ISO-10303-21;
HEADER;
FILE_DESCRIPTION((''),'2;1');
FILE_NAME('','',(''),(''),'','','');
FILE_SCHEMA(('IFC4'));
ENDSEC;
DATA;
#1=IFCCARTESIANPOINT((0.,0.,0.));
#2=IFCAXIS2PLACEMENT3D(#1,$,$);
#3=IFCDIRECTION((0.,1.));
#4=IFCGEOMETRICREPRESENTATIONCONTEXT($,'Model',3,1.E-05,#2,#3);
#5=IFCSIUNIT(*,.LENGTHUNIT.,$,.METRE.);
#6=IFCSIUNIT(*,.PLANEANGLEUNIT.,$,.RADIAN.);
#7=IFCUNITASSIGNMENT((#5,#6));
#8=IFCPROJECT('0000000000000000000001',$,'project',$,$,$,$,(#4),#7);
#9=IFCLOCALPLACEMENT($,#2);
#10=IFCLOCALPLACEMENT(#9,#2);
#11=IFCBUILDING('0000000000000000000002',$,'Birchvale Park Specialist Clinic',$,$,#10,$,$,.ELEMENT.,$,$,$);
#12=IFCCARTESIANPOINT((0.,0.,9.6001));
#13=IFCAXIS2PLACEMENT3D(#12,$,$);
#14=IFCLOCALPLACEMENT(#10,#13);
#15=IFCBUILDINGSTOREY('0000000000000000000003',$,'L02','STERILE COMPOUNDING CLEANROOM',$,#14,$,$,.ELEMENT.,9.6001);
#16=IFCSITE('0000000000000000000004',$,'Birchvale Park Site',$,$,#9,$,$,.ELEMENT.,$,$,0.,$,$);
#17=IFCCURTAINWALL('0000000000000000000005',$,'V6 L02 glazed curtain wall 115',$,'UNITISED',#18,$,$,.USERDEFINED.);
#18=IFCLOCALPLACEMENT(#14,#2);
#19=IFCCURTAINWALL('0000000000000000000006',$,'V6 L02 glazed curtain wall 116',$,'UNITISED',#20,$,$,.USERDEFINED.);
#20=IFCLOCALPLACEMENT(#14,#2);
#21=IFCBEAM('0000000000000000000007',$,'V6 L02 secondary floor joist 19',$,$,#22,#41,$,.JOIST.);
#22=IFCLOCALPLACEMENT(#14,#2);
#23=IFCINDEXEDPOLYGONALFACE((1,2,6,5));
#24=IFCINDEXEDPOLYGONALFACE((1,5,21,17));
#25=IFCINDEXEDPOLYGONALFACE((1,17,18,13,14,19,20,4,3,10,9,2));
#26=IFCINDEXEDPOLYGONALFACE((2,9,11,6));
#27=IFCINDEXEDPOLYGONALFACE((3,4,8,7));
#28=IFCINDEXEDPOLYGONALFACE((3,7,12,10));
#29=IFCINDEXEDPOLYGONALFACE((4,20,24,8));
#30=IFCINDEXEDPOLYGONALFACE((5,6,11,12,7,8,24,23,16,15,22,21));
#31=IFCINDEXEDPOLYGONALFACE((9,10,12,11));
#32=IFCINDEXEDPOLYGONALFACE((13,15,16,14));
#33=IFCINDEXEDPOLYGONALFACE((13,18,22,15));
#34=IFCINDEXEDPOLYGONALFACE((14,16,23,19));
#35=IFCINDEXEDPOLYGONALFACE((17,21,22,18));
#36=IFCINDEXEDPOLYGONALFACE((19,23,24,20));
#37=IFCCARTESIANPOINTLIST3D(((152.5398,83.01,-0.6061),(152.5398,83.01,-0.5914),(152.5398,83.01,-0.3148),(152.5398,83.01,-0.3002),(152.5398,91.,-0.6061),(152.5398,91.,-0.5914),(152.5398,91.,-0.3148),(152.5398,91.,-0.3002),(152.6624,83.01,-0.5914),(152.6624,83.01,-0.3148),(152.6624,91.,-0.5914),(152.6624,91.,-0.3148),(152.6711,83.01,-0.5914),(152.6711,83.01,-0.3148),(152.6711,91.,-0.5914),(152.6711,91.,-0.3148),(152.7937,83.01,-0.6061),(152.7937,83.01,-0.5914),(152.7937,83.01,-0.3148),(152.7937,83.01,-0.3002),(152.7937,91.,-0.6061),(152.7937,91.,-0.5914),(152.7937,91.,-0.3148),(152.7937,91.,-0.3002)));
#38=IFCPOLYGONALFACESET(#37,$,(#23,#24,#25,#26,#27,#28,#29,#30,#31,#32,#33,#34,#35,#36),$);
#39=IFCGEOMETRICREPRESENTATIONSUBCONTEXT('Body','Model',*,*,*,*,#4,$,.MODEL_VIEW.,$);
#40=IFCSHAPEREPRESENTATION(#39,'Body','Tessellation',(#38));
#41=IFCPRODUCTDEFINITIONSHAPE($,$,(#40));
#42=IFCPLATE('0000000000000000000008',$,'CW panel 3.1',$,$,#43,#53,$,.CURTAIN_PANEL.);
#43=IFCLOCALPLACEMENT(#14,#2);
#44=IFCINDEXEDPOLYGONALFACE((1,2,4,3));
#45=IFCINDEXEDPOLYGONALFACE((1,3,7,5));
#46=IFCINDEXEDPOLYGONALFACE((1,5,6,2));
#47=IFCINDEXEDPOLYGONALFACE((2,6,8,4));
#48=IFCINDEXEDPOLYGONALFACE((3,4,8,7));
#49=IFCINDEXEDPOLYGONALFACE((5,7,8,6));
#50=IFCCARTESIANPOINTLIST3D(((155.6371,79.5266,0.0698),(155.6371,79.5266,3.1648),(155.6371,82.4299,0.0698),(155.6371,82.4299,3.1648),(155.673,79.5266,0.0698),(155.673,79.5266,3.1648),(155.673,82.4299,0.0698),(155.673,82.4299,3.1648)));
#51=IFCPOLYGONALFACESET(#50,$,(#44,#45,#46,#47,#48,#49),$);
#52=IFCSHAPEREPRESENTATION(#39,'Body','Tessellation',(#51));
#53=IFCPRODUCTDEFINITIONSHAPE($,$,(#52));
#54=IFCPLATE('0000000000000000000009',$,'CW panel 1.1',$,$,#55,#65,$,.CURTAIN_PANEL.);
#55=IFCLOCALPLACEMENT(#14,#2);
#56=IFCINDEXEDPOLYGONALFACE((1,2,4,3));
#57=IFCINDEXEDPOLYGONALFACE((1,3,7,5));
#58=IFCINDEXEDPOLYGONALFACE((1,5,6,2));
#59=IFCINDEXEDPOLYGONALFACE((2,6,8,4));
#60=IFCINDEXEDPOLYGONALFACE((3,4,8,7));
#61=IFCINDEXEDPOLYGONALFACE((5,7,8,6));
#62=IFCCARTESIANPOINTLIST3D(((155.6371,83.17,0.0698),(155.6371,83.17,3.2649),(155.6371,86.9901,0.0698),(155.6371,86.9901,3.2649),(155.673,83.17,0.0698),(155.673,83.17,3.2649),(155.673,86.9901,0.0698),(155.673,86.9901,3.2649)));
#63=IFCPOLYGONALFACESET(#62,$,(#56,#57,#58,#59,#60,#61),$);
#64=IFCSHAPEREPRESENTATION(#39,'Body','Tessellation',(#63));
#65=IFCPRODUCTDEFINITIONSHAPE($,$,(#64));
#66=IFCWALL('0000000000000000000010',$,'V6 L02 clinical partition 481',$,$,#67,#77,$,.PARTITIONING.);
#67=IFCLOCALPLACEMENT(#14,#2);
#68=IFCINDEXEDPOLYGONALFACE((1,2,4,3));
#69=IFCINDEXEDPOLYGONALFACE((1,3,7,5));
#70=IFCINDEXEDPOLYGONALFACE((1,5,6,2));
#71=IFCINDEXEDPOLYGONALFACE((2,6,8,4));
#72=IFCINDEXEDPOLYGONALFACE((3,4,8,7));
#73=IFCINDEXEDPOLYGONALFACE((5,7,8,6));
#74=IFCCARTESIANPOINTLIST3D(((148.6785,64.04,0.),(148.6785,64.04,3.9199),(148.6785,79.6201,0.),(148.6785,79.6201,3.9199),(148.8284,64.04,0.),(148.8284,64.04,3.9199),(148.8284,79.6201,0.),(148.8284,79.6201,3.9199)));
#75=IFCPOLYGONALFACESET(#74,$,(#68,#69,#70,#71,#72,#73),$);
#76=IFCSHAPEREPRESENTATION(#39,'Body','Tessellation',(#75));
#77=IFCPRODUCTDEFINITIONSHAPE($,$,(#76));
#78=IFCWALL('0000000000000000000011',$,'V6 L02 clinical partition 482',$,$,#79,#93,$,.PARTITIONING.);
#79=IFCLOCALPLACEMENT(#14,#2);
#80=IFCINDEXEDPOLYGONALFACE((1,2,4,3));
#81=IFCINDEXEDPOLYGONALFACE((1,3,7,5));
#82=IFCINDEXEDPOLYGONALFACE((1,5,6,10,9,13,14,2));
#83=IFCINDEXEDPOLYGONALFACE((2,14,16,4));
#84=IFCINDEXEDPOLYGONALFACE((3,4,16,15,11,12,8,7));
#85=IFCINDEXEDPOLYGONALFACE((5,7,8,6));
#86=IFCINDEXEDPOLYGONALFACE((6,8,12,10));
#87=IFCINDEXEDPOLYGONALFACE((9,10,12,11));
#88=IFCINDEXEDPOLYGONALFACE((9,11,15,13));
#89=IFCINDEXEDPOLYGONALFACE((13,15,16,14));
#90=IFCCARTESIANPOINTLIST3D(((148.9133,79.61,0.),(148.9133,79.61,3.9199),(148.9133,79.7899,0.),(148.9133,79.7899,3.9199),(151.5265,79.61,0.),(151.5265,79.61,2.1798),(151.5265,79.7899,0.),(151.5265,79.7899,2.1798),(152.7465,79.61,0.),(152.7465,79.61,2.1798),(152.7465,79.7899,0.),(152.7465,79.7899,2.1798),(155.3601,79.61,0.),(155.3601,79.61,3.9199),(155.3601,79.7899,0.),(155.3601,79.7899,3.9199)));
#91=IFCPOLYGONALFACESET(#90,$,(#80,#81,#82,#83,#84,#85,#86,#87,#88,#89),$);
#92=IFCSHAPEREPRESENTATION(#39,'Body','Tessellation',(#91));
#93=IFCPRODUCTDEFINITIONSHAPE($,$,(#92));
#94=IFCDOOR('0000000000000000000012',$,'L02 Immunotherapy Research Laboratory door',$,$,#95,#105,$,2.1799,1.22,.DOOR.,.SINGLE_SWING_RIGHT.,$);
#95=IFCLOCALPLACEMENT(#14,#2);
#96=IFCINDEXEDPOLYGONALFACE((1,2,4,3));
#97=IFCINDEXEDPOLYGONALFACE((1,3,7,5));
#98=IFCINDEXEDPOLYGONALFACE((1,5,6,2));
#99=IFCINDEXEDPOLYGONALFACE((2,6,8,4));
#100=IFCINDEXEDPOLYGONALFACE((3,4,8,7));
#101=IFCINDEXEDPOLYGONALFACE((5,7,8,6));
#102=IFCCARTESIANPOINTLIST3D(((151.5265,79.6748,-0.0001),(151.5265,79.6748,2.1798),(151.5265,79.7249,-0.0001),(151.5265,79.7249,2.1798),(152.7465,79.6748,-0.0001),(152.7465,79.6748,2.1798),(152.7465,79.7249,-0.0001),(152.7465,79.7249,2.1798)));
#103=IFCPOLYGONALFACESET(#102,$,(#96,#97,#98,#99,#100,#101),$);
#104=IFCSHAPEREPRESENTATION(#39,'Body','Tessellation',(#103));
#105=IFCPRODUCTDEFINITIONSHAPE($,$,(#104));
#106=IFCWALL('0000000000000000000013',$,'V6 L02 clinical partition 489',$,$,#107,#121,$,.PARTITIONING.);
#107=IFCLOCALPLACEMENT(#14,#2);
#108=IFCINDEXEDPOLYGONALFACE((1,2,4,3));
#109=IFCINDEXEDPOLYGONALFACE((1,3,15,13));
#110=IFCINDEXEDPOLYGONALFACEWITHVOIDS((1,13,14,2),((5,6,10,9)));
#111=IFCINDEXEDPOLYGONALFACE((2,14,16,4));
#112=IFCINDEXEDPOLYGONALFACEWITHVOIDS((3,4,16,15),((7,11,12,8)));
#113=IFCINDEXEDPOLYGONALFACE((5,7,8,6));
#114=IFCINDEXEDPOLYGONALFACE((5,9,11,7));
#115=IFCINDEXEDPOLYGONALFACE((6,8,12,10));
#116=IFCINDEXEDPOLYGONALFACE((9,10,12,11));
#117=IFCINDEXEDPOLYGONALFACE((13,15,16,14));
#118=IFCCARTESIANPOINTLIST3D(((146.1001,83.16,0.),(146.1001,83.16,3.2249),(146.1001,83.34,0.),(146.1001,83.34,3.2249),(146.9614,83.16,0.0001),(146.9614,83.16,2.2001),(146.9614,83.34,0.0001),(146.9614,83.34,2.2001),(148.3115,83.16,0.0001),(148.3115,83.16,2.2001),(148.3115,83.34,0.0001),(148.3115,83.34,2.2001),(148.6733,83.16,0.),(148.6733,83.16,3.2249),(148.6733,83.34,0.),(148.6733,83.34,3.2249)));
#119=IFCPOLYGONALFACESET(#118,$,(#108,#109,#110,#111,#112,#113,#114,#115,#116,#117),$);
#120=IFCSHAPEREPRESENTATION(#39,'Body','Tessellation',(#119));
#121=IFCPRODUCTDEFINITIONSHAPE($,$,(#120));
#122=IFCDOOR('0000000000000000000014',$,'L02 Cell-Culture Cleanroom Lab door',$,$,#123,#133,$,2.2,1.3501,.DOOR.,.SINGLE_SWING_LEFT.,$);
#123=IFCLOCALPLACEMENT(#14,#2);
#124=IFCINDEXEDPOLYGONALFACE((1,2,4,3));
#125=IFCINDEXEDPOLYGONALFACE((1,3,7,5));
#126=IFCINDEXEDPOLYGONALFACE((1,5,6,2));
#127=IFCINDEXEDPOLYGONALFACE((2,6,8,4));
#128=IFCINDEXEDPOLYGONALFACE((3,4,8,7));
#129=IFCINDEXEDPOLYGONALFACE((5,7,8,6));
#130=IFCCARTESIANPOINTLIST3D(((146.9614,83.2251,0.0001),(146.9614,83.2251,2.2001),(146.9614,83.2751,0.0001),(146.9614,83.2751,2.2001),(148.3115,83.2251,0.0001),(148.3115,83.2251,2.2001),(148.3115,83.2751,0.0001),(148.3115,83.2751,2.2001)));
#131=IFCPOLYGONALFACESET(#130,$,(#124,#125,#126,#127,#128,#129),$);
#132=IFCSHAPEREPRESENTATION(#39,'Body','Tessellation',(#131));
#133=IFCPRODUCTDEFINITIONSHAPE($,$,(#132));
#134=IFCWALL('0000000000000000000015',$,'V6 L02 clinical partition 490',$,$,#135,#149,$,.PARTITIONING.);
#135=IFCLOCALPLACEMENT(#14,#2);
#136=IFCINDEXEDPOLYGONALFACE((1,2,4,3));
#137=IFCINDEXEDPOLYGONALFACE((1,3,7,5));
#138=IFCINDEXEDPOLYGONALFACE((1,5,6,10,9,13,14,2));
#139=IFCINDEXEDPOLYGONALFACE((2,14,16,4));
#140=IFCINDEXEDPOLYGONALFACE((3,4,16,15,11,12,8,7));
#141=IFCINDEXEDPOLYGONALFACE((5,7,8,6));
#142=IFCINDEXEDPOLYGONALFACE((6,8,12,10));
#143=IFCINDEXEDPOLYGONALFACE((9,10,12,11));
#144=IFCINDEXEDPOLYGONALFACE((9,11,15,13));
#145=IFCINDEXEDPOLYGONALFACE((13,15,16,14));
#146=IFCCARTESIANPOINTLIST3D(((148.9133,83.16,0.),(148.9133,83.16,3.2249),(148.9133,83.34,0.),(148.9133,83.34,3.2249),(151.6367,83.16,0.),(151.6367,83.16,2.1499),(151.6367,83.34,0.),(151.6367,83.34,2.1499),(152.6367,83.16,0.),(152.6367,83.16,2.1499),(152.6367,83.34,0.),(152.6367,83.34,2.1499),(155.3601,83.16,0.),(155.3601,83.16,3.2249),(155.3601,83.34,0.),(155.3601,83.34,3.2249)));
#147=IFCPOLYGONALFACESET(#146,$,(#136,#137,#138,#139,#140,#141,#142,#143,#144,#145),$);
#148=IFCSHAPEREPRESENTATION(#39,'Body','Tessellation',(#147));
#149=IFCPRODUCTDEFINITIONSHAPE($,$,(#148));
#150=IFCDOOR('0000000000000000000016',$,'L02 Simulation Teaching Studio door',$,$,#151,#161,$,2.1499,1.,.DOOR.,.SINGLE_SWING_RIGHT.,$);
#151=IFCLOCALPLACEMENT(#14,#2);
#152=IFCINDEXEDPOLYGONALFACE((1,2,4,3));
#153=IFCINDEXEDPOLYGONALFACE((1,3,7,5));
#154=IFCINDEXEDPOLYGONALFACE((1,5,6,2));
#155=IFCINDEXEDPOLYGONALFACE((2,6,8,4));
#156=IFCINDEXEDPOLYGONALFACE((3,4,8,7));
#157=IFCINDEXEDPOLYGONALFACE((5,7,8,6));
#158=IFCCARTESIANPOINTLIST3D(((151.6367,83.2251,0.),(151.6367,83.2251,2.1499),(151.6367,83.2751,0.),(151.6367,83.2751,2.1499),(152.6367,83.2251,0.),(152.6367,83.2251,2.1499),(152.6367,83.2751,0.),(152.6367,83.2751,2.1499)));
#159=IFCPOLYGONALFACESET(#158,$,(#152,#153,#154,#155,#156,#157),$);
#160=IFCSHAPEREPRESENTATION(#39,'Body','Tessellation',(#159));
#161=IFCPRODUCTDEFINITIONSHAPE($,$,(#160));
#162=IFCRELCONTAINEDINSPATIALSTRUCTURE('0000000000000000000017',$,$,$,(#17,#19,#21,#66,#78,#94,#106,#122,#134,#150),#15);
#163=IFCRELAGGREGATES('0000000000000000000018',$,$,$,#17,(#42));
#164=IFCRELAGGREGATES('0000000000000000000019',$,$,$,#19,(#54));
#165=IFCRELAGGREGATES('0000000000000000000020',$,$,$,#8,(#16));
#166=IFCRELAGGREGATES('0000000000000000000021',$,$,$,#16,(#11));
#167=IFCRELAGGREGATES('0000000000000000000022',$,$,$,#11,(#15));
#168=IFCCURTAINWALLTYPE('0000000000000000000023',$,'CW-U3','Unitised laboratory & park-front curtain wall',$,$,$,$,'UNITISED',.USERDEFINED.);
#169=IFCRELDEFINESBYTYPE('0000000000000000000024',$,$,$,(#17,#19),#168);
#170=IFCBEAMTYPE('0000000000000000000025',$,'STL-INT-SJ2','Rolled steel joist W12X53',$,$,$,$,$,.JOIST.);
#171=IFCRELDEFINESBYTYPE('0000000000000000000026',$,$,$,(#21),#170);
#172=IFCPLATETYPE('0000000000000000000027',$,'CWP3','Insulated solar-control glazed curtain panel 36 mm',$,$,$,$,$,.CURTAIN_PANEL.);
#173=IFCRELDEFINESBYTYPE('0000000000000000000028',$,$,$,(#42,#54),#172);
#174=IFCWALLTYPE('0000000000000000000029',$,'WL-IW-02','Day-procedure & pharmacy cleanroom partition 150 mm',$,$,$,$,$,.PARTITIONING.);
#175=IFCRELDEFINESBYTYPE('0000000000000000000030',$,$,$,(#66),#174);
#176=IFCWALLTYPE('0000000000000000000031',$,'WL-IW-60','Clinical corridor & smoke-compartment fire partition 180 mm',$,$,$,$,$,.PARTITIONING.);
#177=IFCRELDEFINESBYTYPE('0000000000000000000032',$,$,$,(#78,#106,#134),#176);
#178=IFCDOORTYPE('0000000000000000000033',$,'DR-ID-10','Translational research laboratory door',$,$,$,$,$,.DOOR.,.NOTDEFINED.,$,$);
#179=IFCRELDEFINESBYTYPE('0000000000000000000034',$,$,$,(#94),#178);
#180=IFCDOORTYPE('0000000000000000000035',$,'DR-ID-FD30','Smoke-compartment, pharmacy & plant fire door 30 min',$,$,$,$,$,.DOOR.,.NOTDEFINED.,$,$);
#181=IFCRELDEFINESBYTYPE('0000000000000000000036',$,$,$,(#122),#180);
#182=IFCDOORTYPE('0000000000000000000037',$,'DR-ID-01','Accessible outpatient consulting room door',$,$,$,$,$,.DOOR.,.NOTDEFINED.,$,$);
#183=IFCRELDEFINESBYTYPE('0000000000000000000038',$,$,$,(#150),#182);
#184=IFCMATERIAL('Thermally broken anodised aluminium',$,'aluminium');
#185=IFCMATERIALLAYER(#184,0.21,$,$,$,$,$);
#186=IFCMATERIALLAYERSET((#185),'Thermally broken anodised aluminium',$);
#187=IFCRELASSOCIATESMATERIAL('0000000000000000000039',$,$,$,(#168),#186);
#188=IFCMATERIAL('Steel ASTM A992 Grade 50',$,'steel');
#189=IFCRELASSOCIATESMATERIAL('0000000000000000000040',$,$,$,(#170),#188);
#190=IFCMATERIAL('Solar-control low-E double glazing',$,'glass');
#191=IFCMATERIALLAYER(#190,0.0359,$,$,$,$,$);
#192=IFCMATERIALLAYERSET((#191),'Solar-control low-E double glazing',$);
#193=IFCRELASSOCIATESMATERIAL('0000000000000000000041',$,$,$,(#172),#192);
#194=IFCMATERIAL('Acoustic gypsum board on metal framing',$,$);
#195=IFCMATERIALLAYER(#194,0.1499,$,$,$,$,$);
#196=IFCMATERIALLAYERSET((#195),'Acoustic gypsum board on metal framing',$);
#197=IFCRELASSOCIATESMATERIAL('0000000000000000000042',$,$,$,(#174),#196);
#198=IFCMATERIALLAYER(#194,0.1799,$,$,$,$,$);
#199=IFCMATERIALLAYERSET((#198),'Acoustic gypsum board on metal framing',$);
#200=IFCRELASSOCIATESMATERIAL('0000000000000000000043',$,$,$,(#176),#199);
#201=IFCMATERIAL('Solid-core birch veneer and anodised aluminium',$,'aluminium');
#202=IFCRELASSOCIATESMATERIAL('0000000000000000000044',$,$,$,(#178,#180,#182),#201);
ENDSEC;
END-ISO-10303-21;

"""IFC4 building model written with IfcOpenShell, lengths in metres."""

from ifc_helpers import new_model, si_unit, direction, frame, frame_2d, origin, origin_2d, place, context, subcontext, project, spatial, rectangle, i_section, extrude, material, layer, layer_set, material_profile, profile_set, type_object, element, fill, aggregate, save


model = new_model("IFC4")

# Units and contexts
model_context = context("Model", 3, precision=1e-05, world=origin(), true_north=direction((0.0, 1.0)))
body_context = subcontext(model_context, "Body", "Model", "MODEL_VIEW")
ifc_project = project(units=[si_unit("LENGTHUNIT", "METRE"), si_unit("PLANEANGLEUNIT", "RADIAN")], contexts=[model_context])

# Site, building, storey
site_placement = place(None, origin())
site = spatial("IfcSite", under=ifc_project, at=site_placement, Name="Birchvale Park Site", CompositionType="ELEMENT", RefElevation=0.0)
building_placement = place(site_placement, origin())
building = spatial("IfcBuilding", under=site, at=building_placement, Name="Birchvale Park Specialist Clinic", CompositionType="ELEMENT")
storey_placement = place(building_placement, frame((0.0, 0.0, 9.6001)))
storey = spatial("IfcBuildingStorey", under=building, at=storey_placement, Name="L02", Description="STERILE COMPOUNDING CLEANROOM", CompositionType="ELEMENT", Elevation=9.6001)

# Curtain wall
ifc_material_1 = material(Name="Thermally broken anodised aluminium", Category="aluminium")
ifc_layer_1 = layer(ifc_material_1, 0.21)
ifc_layer_set_1 = layer_set([ifc_layer_1], Name="Thermally broken anodised aluminium")
curtain_wall_type = type_object("IfcCurtainWallType", Name="CW-U3", Description="Unitised laboratory & park-front curtain wall", ElementType="UNITISED", PredefinedType="USERDEFINED", material=ifc_layer_set_1)
curtain_wall_1_placement = place(storey_placement, origin())
curtain_wall_1 = element("IfcCurtainWall", 1, at=curtain_wall_1_placement, inside=storey, type_object=curtain_wall_type, Name="V6 L02 glazed curtain wall 115", ObjectType="UNITISED", PredefinedType="USERDEFINED")

# Curtain wall
curtain_wall_2_placement = place(storey_placement, origin())
curtain_wall_2 = element("IfcCurtainWall", 2, at=curtain_wall_2_placement, inside=storey, type_object=curtain_wall_type, Name="V6 L02 glazed curtain wall 116", ObjectType="UNITISED", PredefinedType="USERDEFINED")

# Beam
ifc_material_2 = material(Name="Steel ASTM A992 Grade 50", Category="steel")
ifc_material_profile_1 = material_profile(ifc_material_2, i_section(OverallWidth=0.2539, OverallDepth=0.3059, WebThickness=0.0088, FlangeThickness=0.0146, at=origin_2d()), Name="W12X53")
ifc_profile_set_1 = profile_set([ifc_material_profile_1], Name="Steel ASTM A992 Grade 50")
beam_type_1 = type_object("IfcBeamType", Name="STL-INT-SJ2", Description="Rolled steel joist W12X53", PredefinedType="JOIST", material=ifc_profile_set_1)
beam_1_placement = place(storey_placement, frame((152.6667, 83.01, -0.4531), z_axis=(0.0, 1.0, 0.0), x_axis=(-1.0, 0.0, 0.0)))
element("IfcBeam", 3, at=beam_1_placement, inside=storey, type_object=beam_type_1, Name="V6 L02 secondary floor joist 19", PredefinedType="JOIST", context=body_context, shape_type="SweptSolid", body=[
    extrude(i_section(OverallWidth=0.2539, OverallDepth=0.3059, WebThickness=0.0088, FlangeThickness=0.0146, at=origin_2d()), origin(), (0.0, 0.0, 1.0), 7.99),
])

# Plates
ifc_material_3 = material(Name="Solar-control low-E double glazing", Category="glass")
ifc_layer_2 = layer(ifc_material_3, 0.0359)
ifc_layer_set_2 = layer_set([ifc_layer_2], Name="Solar-control low-E double glazing")
plate_type = type_object("IfcPlateType", Name="CWP3", Description="Insulated solar-control glazed curtain panel 36 mm", PredefinedType="CURTAIN_PANEL", material=ifc_layer_set_2)
plate_1_placement = place(storey_placement, frame((155.655, 80.9783, 0.0698), z_axis=(0.0, 0.0, 1.0), x_axis=(0.0, 1.0, 0.0)))
plate_1 = element("IfcPlate", 4, at=plate_1_placement, type_object=plate_type, Name="CW panel 3.1", PredefinedType="CURTAIN_PANEL", context=body_context, shape_type="SweptSolid", body=[
    extrude(rectangle(XDim=2.9033, YDim=0.0359, at=origin_2d()), origin(), (0.0, 0.0, 1.0), 3.095),
])
aggregate(curtain_wall_1, [plate_1])
plate_2_placement = place(storey_placement, frame((155.655, 85.0801, 0.0698), z_axis=(0.0, 0.0, 1.0), x_axis=(0.0, 1.0, 0.0)))
plate_2 = element("IfcPlate", 5, at=plate_2_placement, type_object=plate_type, Name="CW panel 1.1", PredefinedType="CURTAIN_PANEL", context=body_context, shape_type="SweptSolid", body=[
    extrude(rectangle(XDim=3.8201, YDim=0.0359, at=origin_2d()), origin(), (0.0, 0.0, 1.0), 3.1951),
])
aggregate(curtain_wall_2, [plate_2])

# Wall
ifc_material_4 = material(Name="Acoustic gypsum board on metal framing")
ifc_layer_3 = layer(ifc_material_4, 0.1499)
ifc_layer_set_3 = layer_set([ifc_layer_3], Name="Acoustic gypsum board on metal framing")
wall_type_1 = type_object("IfcWallType", Name="WL-IW-02", Description="Day-procedure & pharmacy cleanroom partition 150 mm", PredefinedType="PARTITIONING", material=ifc_layer_set_3)
wall_1_placement = place(storey_placement, frame((148.7534, 79.6201, 0.0), z_axis=(0.0, 0.0, 1.0), x_axis=(0.0, -1.0, 0.0)))
element("IfcWall", 6, at=wall_1_placement, inside=storey, type_object=wall_type_1, Name="V6 L02 clinical partition 481", PredefinedType="PARTITIONING", context=body_context, shape_type="SweptSolid", body=[
    extrude(rectangle(XDim=15.5801, YDim=0.1499, at=frame_2d((7.79, 0.0))), origin(), (0.0, 0.0, 1.0), 3.9199),
])

# Walls, openings, doors
ifc_layer_4 = layer(ifc_material_4, 0.1799)
ifc_layer_set_4 = layer_set([ifc_layer_4], Name="Acoustic gypsum board on metal framing")
wall_type_2 = type_object("IfcWallType", Name="WL-IW-60", Description="Clinical corridor & smoke-compartment fire partition 180 mm", PredefinedType="PARTITIONING", material=ifc_layer_set_4)
wall_2_placement = place(storey_placement, frame((148.9133, 79.7, 0.0), z_axis=(0.0, 0.0, 1.0), x_axis=(1.0, 0.0, 0.0)))
wall_2 = element("IfcWall", 7, at=wall_2_placement, inside=storey, type_object=wall_type_2, Name="V6 L02 clinical partition 482", PredefinedType="PARTITIONING", context=body_context, shape_type="SweptSolid", body=[
    extrude(rectangle(XDim=6.4468, YDim=0.1799, at=frame_2d((3.2234, 0.0))), origin(), (0.0, 0.0, 1.0), 3.9199),
])
opening_1_placement = place(wall_2_placement, frame((2.6133, 0.0, 0.0)))
opening_1 = element("IfcOpeningElement", 8, at=opening_1_placement, cuts=wall_2, PredefinedType="OPENING", context=body_context, shape_type="SweptSolid", body=[
    extrude(rectangle(XDim=1.22, YDim=2.1799, at=frame_2d((0.6099, 1.0898))), frame((0.0, 0.1001, 0.0), z_axis=(0.0, -1.0, 0.0), x_axis=(1.0, 0.0, 0.0)), (0.0, 0.0, 1.0), 0.2),
])
ifc_material_5 = material(Name="Solid-core birch veneer and anodised aluminium", Category="aluminium")
door_type_1 = type_object("IfcDoorType", Name="DR-ID-10", Description="Translational research laboratory door", OperationType="NOTDEFINED", PredefinedType="DOOR", material=ifc_material_5)
door_1_placement = place(opening_1_placement, origin())
door_1 = element("IfcDoor", 9, at=door_1_placement, inside=storey, type_object=door_type_1, Name="L02 Immunotherapy Research Laboratory door", OperationType="SINGLE_SWING_RIGHT", OverallHeight=2.1799, OverallWidth=1.22, PredefinedType="DOOR", context=body_context, shape_type="SweptSolid", body=[
    extrude(rectangle(XDim=1.22, YDim=2.1799, at=frame_2d((0.6099, 1.0898))), frame((0.0, 0.0249, 0.0), z_axis=(0.0, -1.0, 0.0), x_axis=(1.0, 0.0, 0.0)), (0.0, 0.0, 1.0), 0.05),
])
fill(opening_1, door_1)
wall_3_placement = place(storey_placement, frame((148.6733, 83.25, 0.0), z_axis=(0.0, 0.0, 1.0), x_axis=(-1.0, 0.0, 0.0)))
wall_3 = element("IfcWall", 10, at=wall_3_placement, inside=storey, type_object=wall_type_2, Name="V6 L02 clinical partition 489", PredefinedType="PARTITIONING", context=body_context, shape_type="SweptSolid", body=[
    extrude(rectangle(XDim=2.5732, YDim=0.1799, at=frame_2d((1.2866, 0.0))), origin(), (0.0, 0.0, 1.0), 3.2249),
])
opening_2_placement = place(wall_3_placement, frame((0.3618, 0.0, 0.0)))
opening_2 = element("IfcOpeningElement", 11, at=opening_2_placement, cuts=wall_3, PredefinedType="OPENING", context=body_context, shape_type="SweptSolid", body=[
    extrude(rectangle(XDim=1.3501, YDim=2.2, at=frame_2d((0.675, 1.1001))), frame((0.0, 0.1001, 0.0), z_axis=(0.0, -1.0, 0.0), x_axis=(1.0, 0.0, 0.0)), (0.0, 0.0, 1.0), 0.2),
])
door_type_2 = type_object("IfcDoorType", Name="DR-ID-FD30", Description="Smoke-compartment, pharmacy & plant fire door 30 min", OperationType="NOTDEFINED", PredefinedType="DOOR", material=ifc_material_5)
door_2_placement = place(opening_2_placement, origin())
door_2 = element("IfcDoor", 12, at=door_2_placement, inside=storey, type_object=door_type_2, Name="L02 Cell-Culture Cleanroom Lab door", OperationType="SINGLE_SWING_LEFT", OverallHeight=2.2, OverallWidth=1.3501, PredefinedType="DOOR", context=body_context, shape_type="SweptSolid", body=[
    extrude(rectangle(XDim=1.3501, YDim=2.2, at=frame_2d((0.675, 1.1001))), frame((0.0, 0.0249, 0.0), z_axis=(0.0, -1.0, 0.0), x_axis=(1.0, 0.0, 0.0)), (0.0, 0.0, 1.0), 0.05),
])
fill(opening_2, door_2)
wall_4_placement = place(storey_placement, frame((155.3601, 83.25, 0.0), z_axis=(0.0, 0.0, 1.0), x_axis=(-1.0, 0.0, 0.0)))
wall_4 = element("IfcWall", 13, at=wall_4_placement, inside=storey, type_object=wall_type_2, Name="V6 L02 clinical partition 490", PredefinedType="PARTITIONING", context=body_context, shape_type="SweptSolid", body=[
    extrude(rectangle(XDim=6.4468, YDim=0.1799, at=frame_2d((3.2234, 0.0))), origin(), (0.0, 0.0, 1.0), 3.2249),
])
opening_3_placement = place(wall_4_placement, frame((2.7234, 0.0, 0.0)))
opening_3 = element("IfcOpeningElement", 14, at=opening_3_placement, cuts=wall_4, PredefinedType="OPENING", context=body_context, shape_type="SweptSolid", body=[
    extrude(rectangle(XDim=1.0, YDim=2.1499, at=frame_2d((0.5, 1.075))), frame((0.0, 0.1001, 0.0), z_axis=(0.0, -1.0, 0.0), x_axis=(1.0, 0.0, 0.0)), (0.0, 0.0, 1.0), 0.2),
])
door_type_3 = type_object("IfcDoorType", Name="DR-ID-01", Description="Accessible outpatient consulting room door", OperationType="NOTDEFINED", PredefinedType="DOOR", material=ifc_material_5)
door_3_placement = place(opening_3_placement, origin())
door_3 = element("IfcDoor", 15, at=door_3_placement, inside=storey, type_object=door_type_3, Name="L02 Simulation Teaching Studio door", OperationType="SINGLE_SWING_RIGHT", OverallHeight=2.1499, OverallWidth=1.0, PredefinedType="DOOR", context=body_context, shape_type="SweptSolid", body=[
    extrude(rectangle(XDim=1.0, YDim=2.1499, at=frame_2d((0.5, 1.075))), frame((0.0, 0.0249, 0.0), z_axis=(0.0, -1.0, 0.0), x_axis=(1.0, 0.0, 0.0)), (0.0, 0.0, 1.0), 0.05),
])
fill(opening_3, door_3)

save(model, "model.ifc")
